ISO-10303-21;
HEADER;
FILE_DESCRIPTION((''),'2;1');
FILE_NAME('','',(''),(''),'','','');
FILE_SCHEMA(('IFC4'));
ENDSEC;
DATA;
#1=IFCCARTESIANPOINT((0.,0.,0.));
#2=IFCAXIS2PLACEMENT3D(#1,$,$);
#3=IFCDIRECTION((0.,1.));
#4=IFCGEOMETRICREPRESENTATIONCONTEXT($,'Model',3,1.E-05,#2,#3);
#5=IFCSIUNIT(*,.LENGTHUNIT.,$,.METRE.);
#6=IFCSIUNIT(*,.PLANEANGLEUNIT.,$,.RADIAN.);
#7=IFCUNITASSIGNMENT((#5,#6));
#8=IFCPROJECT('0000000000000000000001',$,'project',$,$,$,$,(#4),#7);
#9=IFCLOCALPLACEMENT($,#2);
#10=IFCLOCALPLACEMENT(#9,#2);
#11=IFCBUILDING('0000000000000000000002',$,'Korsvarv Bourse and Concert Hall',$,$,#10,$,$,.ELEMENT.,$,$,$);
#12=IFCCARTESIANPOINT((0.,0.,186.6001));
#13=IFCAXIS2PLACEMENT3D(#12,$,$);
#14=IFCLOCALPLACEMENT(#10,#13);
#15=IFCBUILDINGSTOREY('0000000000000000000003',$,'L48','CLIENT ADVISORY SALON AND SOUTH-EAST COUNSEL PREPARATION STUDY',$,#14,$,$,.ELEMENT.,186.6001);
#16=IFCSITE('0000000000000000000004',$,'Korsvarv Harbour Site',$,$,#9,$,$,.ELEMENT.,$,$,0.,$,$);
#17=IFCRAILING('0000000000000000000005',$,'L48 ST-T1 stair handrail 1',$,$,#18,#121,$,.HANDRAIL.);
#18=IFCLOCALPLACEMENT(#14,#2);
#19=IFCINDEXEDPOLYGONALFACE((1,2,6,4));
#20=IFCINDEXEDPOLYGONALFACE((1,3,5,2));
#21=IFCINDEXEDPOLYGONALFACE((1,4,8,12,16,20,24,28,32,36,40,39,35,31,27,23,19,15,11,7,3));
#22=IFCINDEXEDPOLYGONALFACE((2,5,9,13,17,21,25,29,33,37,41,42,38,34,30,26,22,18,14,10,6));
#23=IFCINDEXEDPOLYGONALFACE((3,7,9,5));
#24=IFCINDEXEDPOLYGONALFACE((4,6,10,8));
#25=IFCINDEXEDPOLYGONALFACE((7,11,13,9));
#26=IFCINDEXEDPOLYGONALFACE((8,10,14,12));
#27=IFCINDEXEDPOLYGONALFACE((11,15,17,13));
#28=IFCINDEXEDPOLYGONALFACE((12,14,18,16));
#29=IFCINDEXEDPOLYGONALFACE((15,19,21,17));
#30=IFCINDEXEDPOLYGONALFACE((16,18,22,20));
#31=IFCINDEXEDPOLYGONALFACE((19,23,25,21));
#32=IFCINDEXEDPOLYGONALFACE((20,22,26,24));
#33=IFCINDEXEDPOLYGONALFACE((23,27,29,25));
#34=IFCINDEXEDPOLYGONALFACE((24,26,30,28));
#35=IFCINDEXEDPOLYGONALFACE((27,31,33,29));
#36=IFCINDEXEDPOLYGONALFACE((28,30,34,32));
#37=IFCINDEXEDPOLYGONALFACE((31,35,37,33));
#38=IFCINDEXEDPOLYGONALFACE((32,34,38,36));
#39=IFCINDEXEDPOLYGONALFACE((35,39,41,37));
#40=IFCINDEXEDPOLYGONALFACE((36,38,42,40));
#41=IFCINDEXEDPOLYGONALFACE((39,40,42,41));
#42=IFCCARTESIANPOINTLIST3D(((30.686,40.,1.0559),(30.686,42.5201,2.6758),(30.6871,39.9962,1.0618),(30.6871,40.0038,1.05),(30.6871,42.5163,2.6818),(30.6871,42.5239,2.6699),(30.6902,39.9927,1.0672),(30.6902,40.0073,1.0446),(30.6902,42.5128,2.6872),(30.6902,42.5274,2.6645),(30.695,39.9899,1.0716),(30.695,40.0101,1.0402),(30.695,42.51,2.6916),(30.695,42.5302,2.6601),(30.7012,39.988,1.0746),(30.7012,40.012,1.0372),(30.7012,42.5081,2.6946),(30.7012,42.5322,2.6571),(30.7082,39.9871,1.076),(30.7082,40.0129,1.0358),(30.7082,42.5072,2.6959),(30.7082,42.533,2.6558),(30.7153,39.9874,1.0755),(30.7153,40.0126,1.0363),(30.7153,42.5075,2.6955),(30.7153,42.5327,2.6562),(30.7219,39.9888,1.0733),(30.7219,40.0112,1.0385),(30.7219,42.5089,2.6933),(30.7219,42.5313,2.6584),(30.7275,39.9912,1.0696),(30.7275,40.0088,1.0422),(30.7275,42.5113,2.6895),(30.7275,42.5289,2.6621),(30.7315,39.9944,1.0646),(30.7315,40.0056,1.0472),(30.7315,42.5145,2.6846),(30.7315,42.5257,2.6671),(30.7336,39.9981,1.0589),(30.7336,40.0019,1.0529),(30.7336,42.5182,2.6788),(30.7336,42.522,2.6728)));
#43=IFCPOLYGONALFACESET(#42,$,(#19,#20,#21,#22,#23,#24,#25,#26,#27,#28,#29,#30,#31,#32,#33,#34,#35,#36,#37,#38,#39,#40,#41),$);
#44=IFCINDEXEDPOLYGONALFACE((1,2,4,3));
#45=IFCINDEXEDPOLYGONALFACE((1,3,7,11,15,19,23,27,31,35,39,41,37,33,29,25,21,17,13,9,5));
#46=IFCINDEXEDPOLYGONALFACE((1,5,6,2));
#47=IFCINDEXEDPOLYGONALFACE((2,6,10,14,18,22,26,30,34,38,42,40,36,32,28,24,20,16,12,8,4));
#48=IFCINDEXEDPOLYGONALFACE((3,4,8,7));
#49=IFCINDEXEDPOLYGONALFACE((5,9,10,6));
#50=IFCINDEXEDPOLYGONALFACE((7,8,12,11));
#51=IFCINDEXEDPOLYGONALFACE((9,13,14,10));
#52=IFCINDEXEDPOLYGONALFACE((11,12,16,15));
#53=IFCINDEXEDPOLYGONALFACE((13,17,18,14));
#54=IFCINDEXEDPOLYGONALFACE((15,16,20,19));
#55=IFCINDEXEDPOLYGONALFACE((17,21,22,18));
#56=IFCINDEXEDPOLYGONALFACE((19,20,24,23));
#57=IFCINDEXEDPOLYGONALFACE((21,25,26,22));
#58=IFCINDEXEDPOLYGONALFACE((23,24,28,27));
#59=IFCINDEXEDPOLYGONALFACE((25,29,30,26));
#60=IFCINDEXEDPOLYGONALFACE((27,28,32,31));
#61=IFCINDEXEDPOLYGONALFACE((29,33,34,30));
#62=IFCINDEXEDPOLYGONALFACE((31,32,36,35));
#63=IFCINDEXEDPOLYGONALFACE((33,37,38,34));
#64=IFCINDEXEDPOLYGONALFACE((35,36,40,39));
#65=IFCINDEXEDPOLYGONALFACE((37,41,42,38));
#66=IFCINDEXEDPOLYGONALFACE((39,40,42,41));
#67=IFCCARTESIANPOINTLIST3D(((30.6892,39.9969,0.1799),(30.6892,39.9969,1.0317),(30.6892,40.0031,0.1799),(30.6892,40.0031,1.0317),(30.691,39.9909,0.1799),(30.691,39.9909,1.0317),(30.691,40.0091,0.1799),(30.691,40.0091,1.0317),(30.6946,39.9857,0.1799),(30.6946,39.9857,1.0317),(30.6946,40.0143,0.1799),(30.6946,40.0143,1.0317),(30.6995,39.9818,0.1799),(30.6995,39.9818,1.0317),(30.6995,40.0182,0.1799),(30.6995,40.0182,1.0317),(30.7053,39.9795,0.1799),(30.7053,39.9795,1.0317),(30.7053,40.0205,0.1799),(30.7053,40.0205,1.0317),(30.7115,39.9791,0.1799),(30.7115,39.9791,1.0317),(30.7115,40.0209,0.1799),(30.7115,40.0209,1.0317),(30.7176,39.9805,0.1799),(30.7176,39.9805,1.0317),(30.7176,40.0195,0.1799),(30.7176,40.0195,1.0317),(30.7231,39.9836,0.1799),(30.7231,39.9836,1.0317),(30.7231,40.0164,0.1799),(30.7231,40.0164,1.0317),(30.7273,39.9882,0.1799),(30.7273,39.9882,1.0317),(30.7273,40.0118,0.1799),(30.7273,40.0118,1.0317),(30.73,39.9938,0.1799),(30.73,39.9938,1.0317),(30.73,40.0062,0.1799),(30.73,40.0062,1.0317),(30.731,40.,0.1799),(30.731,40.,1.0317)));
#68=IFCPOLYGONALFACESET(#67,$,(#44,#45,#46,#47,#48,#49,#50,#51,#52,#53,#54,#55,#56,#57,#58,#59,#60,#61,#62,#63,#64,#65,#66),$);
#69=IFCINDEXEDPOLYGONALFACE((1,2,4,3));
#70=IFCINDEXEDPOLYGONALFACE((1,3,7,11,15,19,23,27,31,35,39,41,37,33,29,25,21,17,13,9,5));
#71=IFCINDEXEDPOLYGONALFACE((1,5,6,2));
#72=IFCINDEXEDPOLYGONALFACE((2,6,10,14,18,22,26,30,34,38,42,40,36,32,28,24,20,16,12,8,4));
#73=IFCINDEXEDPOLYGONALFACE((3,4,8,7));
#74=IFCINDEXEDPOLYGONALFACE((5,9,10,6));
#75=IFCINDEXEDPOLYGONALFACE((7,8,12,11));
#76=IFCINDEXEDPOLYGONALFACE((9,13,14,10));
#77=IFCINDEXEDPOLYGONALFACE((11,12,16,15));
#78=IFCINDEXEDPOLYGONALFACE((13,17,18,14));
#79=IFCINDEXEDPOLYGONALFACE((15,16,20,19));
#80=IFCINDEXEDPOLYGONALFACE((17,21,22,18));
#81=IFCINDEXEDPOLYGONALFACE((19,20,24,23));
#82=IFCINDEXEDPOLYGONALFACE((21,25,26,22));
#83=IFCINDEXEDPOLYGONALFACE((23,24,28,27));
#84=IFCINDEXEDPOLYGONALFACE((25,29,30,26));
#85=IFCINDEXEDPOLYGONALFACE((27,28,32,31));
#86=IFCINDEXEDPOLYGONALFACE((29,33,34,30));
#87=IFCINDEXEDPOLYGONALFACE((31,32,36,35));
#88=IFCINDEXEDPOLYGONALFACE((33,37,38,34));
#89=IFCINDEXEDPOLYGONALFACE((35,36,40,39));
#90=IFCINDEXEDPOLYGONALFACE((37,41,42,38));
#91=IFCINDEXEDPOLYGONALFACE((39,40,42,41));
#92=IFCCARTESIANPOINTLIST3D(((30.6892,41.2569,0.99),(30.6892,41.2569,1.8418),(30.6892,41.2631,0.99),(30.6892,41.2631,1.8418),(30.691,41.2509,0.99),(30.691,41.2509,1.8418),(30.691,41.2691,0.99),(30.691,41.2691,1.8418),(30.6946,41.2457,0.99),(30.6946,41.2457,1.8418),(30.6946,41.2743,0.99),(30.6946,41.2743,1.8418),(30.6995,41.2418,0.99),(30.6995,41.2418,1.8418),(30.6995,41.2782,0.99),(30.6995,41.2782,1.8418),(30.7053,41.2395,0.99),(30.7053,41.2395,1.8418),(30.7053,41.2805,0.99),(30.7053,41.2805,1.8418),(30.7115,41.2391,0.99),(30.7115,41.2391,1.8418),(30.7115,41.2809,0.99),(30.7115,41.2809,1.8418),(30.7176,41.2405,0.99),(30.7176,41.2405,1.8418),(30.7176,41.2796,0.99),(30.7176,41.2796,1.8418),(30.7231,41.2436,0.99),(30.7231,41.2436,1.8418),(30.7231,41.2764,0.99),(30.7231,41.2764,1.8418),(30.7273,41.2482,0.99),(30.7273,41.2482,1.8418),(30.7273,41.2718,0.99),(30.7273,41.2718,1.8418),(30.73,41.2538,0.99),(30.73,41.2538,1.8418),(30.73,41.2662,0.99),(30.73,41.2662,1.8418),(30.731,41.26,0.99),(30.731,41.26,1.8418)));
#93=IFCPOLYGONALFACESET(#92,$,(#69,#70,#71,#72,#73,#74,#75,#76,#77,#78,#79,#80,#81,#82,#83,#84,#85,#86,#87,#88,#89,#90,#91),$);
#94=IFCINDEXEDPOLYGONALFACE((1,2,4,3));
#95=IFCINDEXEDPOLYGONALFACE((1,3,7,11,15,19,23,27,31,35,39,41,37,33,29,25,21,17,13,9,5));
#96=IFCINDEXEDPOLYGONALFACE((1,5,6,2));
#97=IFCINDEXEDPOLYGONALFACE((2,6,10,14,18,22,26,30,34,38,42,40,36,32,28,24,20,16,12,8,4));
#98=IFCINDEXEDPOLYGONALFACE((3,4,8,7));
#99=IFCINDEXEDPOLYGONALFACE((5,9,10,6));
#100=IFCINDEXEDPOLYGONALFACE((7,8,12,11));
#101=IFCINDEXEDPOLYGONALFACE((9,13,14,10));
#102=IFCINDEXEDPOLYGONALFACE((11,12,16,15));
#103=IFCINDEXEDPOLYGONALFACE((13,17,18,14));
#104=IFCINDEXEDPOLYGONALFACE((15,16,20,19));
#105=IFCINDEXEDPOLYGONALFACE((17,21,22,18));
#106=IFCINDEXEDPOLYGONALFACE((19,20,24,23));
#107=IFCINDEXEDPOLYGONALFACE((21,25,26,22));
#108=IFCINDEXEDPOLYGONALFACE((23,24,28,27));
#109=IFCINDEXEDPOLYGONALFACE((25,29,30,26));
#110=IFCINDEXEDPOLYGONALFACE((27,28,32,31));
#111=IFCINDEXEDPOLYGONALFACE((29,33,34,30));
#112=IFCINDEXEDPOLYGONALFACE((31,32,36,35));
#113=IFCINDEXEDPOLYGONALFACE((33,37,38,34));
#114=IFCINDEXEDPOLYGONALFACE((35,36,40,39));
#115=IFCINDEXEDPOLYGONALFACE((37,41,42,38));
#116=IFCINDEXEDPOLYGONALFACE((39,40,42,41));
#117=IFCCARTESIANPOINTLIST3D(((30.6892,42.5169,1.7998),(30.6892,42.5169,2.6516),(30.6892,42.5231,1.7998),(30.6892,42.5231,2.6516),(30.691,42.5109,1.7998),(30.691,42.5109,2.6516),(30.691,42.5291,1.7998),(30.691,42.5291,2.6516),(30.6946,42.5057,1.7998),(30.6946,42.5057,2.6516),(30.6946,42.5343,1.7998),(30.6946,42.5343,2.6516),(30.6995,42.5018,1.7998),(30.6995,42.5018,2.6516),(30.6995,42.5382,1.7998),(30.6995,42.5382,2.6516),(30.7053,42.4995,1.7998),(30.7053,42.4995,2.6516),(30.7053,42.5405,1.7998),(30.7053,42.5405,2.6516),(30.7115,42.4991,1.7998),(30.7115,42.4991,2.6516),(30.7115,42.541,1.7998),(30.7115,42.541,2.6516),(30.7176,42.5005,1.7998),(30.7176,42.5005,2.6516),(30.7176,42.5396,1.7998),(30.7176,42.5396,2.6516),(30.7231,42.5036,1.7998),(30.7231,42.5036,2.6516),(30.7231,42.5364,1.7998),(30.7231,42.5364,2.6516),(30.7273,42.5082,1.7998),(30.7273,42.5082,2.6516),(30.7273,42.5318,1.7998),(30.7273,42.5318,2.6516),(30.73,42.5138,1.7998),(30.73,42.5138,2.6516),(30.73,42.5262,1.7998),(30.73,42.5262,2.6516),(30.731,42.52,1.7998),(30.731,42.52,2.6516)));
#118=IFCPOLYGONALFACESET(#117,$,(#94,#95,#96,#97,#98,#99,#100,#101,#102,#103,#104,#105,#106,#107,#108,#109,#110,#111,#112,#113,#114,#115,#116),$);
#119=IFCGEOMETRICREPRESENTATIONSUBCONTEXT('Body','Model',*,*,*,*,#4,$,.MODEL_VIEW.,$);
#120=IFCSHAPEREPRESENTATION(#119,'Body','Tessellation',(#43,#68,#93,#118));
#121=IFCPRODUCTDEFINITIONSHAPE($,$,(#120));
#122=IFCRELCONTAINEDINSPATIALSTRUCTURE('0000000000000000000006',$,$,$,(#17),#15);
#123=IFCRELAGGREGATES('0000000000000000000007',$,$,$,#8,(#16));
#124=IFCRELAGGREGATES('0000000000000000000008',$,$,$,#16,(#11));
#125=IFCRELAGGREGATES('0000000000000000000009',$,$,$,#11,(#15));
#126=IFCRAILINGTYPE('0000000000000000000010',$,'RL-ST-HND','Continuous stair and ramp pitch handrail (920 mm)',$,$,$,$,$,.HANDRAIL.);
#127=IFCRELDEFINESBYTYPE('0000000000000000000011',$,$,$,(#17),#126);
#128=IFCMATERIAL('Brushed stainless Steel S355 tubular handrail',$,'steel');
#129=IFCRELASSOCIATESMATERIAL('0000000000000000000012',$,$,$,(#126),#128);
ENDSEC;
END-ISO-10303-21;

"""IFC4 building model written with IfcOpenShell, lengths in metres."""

from ifc_helpers import new_model, si_unit, direction, frame, origin, origin_2d, place, context, subcontext, project, spatial, circle, extrude, material, type_object, element, save


model = new_model("IFC4")

# Units and contexts
model_context = context("Model", 3, precision=1e-05, world=origin(), true_north=direction((0.0, 1.0)))
body_context = subcontext(model_context, "Body", "Model", "MODEL_VIEW")
ifc_project = project(units=[si_unit("LENGTHUNIT", "METRE"), si_unit("PLANEANGLEUNIT", "RADIAN")], contexts=[model_context])

# Site, building, storey
site_placement = place(None, origin())
site = spatial("IfcSite", under=ifc_project, at=site_placement, Name="Korsvarv Harbour Site", CompositionType="ELEMENT", RefElevation=0.0)
building_placement = place(site_placement, origin())
building = spatial("IfcBuilding", under=site, at=building_placement, Name="Korsvarv Bourse and Concert Hall", CompositionType="ELEMENT")
storey_placement = place(building_placement, frame((0.0, 0.0, 186.6001)))
storey = spatial("IfcBuildingStorey", under=building, at=storey_placement, Name="L48", Description="CLIENT ADVISORY SALON AND SOUTH-EAST COUNSEL PREPARATION STUDY", CompositionType="ELEMENT", Elevation=186.6001)

# Railing
ifc_material_1 = material(Name="Brushed stainless Steel S355 tubular handrail", Category="steel")
railing_type_1 = type_object("IfcRailingType", Name="RL-ST-HND", Description="Continuous stair and ramp pitch handrail (920 mm)", PredefinedType="HANDRAIL", material=ifc_material_1)
railing_1_placement = place(storey_placement, frame((30.71, 40.0, 0.1799)))
element("IfcRailing", 1, at=railing_1_placement, inside=storey, type_object=railing_type_1, Name="L48 ST-T1 stair handrail 1", PredefinedType="HANDRAIL", context=body_context, shape_type="SweptSolid", body=[
    extrude(circle(Radius=0.0239, at=origin_2d()), frame((0.0, 0.0, 0.876), z_axis=(0.0, 0.8412, 0.540725), x_axis=(-1.0, 0.0, 0.0)), (0.0, 0.0, 1.0), 2.9958),
    extrude(circle(Radius=0.021, at=origin_2d()), origin(), (0.0, 0.0, 1.0), 0.8518),
    extrude(circle(Radius=0.021, at=origin_2d()), frame((0.0, 1.26, 0.8101)), (0.0, 0.0, 1.0), 0.8518),
    extrude(circle(Radius=0.021, at=origin_2d()), frame((0.0, 2.52, 1.6199)), (0.0, 0.0, 1.0), 0.8518),
])

save(model, "model.ifc")
